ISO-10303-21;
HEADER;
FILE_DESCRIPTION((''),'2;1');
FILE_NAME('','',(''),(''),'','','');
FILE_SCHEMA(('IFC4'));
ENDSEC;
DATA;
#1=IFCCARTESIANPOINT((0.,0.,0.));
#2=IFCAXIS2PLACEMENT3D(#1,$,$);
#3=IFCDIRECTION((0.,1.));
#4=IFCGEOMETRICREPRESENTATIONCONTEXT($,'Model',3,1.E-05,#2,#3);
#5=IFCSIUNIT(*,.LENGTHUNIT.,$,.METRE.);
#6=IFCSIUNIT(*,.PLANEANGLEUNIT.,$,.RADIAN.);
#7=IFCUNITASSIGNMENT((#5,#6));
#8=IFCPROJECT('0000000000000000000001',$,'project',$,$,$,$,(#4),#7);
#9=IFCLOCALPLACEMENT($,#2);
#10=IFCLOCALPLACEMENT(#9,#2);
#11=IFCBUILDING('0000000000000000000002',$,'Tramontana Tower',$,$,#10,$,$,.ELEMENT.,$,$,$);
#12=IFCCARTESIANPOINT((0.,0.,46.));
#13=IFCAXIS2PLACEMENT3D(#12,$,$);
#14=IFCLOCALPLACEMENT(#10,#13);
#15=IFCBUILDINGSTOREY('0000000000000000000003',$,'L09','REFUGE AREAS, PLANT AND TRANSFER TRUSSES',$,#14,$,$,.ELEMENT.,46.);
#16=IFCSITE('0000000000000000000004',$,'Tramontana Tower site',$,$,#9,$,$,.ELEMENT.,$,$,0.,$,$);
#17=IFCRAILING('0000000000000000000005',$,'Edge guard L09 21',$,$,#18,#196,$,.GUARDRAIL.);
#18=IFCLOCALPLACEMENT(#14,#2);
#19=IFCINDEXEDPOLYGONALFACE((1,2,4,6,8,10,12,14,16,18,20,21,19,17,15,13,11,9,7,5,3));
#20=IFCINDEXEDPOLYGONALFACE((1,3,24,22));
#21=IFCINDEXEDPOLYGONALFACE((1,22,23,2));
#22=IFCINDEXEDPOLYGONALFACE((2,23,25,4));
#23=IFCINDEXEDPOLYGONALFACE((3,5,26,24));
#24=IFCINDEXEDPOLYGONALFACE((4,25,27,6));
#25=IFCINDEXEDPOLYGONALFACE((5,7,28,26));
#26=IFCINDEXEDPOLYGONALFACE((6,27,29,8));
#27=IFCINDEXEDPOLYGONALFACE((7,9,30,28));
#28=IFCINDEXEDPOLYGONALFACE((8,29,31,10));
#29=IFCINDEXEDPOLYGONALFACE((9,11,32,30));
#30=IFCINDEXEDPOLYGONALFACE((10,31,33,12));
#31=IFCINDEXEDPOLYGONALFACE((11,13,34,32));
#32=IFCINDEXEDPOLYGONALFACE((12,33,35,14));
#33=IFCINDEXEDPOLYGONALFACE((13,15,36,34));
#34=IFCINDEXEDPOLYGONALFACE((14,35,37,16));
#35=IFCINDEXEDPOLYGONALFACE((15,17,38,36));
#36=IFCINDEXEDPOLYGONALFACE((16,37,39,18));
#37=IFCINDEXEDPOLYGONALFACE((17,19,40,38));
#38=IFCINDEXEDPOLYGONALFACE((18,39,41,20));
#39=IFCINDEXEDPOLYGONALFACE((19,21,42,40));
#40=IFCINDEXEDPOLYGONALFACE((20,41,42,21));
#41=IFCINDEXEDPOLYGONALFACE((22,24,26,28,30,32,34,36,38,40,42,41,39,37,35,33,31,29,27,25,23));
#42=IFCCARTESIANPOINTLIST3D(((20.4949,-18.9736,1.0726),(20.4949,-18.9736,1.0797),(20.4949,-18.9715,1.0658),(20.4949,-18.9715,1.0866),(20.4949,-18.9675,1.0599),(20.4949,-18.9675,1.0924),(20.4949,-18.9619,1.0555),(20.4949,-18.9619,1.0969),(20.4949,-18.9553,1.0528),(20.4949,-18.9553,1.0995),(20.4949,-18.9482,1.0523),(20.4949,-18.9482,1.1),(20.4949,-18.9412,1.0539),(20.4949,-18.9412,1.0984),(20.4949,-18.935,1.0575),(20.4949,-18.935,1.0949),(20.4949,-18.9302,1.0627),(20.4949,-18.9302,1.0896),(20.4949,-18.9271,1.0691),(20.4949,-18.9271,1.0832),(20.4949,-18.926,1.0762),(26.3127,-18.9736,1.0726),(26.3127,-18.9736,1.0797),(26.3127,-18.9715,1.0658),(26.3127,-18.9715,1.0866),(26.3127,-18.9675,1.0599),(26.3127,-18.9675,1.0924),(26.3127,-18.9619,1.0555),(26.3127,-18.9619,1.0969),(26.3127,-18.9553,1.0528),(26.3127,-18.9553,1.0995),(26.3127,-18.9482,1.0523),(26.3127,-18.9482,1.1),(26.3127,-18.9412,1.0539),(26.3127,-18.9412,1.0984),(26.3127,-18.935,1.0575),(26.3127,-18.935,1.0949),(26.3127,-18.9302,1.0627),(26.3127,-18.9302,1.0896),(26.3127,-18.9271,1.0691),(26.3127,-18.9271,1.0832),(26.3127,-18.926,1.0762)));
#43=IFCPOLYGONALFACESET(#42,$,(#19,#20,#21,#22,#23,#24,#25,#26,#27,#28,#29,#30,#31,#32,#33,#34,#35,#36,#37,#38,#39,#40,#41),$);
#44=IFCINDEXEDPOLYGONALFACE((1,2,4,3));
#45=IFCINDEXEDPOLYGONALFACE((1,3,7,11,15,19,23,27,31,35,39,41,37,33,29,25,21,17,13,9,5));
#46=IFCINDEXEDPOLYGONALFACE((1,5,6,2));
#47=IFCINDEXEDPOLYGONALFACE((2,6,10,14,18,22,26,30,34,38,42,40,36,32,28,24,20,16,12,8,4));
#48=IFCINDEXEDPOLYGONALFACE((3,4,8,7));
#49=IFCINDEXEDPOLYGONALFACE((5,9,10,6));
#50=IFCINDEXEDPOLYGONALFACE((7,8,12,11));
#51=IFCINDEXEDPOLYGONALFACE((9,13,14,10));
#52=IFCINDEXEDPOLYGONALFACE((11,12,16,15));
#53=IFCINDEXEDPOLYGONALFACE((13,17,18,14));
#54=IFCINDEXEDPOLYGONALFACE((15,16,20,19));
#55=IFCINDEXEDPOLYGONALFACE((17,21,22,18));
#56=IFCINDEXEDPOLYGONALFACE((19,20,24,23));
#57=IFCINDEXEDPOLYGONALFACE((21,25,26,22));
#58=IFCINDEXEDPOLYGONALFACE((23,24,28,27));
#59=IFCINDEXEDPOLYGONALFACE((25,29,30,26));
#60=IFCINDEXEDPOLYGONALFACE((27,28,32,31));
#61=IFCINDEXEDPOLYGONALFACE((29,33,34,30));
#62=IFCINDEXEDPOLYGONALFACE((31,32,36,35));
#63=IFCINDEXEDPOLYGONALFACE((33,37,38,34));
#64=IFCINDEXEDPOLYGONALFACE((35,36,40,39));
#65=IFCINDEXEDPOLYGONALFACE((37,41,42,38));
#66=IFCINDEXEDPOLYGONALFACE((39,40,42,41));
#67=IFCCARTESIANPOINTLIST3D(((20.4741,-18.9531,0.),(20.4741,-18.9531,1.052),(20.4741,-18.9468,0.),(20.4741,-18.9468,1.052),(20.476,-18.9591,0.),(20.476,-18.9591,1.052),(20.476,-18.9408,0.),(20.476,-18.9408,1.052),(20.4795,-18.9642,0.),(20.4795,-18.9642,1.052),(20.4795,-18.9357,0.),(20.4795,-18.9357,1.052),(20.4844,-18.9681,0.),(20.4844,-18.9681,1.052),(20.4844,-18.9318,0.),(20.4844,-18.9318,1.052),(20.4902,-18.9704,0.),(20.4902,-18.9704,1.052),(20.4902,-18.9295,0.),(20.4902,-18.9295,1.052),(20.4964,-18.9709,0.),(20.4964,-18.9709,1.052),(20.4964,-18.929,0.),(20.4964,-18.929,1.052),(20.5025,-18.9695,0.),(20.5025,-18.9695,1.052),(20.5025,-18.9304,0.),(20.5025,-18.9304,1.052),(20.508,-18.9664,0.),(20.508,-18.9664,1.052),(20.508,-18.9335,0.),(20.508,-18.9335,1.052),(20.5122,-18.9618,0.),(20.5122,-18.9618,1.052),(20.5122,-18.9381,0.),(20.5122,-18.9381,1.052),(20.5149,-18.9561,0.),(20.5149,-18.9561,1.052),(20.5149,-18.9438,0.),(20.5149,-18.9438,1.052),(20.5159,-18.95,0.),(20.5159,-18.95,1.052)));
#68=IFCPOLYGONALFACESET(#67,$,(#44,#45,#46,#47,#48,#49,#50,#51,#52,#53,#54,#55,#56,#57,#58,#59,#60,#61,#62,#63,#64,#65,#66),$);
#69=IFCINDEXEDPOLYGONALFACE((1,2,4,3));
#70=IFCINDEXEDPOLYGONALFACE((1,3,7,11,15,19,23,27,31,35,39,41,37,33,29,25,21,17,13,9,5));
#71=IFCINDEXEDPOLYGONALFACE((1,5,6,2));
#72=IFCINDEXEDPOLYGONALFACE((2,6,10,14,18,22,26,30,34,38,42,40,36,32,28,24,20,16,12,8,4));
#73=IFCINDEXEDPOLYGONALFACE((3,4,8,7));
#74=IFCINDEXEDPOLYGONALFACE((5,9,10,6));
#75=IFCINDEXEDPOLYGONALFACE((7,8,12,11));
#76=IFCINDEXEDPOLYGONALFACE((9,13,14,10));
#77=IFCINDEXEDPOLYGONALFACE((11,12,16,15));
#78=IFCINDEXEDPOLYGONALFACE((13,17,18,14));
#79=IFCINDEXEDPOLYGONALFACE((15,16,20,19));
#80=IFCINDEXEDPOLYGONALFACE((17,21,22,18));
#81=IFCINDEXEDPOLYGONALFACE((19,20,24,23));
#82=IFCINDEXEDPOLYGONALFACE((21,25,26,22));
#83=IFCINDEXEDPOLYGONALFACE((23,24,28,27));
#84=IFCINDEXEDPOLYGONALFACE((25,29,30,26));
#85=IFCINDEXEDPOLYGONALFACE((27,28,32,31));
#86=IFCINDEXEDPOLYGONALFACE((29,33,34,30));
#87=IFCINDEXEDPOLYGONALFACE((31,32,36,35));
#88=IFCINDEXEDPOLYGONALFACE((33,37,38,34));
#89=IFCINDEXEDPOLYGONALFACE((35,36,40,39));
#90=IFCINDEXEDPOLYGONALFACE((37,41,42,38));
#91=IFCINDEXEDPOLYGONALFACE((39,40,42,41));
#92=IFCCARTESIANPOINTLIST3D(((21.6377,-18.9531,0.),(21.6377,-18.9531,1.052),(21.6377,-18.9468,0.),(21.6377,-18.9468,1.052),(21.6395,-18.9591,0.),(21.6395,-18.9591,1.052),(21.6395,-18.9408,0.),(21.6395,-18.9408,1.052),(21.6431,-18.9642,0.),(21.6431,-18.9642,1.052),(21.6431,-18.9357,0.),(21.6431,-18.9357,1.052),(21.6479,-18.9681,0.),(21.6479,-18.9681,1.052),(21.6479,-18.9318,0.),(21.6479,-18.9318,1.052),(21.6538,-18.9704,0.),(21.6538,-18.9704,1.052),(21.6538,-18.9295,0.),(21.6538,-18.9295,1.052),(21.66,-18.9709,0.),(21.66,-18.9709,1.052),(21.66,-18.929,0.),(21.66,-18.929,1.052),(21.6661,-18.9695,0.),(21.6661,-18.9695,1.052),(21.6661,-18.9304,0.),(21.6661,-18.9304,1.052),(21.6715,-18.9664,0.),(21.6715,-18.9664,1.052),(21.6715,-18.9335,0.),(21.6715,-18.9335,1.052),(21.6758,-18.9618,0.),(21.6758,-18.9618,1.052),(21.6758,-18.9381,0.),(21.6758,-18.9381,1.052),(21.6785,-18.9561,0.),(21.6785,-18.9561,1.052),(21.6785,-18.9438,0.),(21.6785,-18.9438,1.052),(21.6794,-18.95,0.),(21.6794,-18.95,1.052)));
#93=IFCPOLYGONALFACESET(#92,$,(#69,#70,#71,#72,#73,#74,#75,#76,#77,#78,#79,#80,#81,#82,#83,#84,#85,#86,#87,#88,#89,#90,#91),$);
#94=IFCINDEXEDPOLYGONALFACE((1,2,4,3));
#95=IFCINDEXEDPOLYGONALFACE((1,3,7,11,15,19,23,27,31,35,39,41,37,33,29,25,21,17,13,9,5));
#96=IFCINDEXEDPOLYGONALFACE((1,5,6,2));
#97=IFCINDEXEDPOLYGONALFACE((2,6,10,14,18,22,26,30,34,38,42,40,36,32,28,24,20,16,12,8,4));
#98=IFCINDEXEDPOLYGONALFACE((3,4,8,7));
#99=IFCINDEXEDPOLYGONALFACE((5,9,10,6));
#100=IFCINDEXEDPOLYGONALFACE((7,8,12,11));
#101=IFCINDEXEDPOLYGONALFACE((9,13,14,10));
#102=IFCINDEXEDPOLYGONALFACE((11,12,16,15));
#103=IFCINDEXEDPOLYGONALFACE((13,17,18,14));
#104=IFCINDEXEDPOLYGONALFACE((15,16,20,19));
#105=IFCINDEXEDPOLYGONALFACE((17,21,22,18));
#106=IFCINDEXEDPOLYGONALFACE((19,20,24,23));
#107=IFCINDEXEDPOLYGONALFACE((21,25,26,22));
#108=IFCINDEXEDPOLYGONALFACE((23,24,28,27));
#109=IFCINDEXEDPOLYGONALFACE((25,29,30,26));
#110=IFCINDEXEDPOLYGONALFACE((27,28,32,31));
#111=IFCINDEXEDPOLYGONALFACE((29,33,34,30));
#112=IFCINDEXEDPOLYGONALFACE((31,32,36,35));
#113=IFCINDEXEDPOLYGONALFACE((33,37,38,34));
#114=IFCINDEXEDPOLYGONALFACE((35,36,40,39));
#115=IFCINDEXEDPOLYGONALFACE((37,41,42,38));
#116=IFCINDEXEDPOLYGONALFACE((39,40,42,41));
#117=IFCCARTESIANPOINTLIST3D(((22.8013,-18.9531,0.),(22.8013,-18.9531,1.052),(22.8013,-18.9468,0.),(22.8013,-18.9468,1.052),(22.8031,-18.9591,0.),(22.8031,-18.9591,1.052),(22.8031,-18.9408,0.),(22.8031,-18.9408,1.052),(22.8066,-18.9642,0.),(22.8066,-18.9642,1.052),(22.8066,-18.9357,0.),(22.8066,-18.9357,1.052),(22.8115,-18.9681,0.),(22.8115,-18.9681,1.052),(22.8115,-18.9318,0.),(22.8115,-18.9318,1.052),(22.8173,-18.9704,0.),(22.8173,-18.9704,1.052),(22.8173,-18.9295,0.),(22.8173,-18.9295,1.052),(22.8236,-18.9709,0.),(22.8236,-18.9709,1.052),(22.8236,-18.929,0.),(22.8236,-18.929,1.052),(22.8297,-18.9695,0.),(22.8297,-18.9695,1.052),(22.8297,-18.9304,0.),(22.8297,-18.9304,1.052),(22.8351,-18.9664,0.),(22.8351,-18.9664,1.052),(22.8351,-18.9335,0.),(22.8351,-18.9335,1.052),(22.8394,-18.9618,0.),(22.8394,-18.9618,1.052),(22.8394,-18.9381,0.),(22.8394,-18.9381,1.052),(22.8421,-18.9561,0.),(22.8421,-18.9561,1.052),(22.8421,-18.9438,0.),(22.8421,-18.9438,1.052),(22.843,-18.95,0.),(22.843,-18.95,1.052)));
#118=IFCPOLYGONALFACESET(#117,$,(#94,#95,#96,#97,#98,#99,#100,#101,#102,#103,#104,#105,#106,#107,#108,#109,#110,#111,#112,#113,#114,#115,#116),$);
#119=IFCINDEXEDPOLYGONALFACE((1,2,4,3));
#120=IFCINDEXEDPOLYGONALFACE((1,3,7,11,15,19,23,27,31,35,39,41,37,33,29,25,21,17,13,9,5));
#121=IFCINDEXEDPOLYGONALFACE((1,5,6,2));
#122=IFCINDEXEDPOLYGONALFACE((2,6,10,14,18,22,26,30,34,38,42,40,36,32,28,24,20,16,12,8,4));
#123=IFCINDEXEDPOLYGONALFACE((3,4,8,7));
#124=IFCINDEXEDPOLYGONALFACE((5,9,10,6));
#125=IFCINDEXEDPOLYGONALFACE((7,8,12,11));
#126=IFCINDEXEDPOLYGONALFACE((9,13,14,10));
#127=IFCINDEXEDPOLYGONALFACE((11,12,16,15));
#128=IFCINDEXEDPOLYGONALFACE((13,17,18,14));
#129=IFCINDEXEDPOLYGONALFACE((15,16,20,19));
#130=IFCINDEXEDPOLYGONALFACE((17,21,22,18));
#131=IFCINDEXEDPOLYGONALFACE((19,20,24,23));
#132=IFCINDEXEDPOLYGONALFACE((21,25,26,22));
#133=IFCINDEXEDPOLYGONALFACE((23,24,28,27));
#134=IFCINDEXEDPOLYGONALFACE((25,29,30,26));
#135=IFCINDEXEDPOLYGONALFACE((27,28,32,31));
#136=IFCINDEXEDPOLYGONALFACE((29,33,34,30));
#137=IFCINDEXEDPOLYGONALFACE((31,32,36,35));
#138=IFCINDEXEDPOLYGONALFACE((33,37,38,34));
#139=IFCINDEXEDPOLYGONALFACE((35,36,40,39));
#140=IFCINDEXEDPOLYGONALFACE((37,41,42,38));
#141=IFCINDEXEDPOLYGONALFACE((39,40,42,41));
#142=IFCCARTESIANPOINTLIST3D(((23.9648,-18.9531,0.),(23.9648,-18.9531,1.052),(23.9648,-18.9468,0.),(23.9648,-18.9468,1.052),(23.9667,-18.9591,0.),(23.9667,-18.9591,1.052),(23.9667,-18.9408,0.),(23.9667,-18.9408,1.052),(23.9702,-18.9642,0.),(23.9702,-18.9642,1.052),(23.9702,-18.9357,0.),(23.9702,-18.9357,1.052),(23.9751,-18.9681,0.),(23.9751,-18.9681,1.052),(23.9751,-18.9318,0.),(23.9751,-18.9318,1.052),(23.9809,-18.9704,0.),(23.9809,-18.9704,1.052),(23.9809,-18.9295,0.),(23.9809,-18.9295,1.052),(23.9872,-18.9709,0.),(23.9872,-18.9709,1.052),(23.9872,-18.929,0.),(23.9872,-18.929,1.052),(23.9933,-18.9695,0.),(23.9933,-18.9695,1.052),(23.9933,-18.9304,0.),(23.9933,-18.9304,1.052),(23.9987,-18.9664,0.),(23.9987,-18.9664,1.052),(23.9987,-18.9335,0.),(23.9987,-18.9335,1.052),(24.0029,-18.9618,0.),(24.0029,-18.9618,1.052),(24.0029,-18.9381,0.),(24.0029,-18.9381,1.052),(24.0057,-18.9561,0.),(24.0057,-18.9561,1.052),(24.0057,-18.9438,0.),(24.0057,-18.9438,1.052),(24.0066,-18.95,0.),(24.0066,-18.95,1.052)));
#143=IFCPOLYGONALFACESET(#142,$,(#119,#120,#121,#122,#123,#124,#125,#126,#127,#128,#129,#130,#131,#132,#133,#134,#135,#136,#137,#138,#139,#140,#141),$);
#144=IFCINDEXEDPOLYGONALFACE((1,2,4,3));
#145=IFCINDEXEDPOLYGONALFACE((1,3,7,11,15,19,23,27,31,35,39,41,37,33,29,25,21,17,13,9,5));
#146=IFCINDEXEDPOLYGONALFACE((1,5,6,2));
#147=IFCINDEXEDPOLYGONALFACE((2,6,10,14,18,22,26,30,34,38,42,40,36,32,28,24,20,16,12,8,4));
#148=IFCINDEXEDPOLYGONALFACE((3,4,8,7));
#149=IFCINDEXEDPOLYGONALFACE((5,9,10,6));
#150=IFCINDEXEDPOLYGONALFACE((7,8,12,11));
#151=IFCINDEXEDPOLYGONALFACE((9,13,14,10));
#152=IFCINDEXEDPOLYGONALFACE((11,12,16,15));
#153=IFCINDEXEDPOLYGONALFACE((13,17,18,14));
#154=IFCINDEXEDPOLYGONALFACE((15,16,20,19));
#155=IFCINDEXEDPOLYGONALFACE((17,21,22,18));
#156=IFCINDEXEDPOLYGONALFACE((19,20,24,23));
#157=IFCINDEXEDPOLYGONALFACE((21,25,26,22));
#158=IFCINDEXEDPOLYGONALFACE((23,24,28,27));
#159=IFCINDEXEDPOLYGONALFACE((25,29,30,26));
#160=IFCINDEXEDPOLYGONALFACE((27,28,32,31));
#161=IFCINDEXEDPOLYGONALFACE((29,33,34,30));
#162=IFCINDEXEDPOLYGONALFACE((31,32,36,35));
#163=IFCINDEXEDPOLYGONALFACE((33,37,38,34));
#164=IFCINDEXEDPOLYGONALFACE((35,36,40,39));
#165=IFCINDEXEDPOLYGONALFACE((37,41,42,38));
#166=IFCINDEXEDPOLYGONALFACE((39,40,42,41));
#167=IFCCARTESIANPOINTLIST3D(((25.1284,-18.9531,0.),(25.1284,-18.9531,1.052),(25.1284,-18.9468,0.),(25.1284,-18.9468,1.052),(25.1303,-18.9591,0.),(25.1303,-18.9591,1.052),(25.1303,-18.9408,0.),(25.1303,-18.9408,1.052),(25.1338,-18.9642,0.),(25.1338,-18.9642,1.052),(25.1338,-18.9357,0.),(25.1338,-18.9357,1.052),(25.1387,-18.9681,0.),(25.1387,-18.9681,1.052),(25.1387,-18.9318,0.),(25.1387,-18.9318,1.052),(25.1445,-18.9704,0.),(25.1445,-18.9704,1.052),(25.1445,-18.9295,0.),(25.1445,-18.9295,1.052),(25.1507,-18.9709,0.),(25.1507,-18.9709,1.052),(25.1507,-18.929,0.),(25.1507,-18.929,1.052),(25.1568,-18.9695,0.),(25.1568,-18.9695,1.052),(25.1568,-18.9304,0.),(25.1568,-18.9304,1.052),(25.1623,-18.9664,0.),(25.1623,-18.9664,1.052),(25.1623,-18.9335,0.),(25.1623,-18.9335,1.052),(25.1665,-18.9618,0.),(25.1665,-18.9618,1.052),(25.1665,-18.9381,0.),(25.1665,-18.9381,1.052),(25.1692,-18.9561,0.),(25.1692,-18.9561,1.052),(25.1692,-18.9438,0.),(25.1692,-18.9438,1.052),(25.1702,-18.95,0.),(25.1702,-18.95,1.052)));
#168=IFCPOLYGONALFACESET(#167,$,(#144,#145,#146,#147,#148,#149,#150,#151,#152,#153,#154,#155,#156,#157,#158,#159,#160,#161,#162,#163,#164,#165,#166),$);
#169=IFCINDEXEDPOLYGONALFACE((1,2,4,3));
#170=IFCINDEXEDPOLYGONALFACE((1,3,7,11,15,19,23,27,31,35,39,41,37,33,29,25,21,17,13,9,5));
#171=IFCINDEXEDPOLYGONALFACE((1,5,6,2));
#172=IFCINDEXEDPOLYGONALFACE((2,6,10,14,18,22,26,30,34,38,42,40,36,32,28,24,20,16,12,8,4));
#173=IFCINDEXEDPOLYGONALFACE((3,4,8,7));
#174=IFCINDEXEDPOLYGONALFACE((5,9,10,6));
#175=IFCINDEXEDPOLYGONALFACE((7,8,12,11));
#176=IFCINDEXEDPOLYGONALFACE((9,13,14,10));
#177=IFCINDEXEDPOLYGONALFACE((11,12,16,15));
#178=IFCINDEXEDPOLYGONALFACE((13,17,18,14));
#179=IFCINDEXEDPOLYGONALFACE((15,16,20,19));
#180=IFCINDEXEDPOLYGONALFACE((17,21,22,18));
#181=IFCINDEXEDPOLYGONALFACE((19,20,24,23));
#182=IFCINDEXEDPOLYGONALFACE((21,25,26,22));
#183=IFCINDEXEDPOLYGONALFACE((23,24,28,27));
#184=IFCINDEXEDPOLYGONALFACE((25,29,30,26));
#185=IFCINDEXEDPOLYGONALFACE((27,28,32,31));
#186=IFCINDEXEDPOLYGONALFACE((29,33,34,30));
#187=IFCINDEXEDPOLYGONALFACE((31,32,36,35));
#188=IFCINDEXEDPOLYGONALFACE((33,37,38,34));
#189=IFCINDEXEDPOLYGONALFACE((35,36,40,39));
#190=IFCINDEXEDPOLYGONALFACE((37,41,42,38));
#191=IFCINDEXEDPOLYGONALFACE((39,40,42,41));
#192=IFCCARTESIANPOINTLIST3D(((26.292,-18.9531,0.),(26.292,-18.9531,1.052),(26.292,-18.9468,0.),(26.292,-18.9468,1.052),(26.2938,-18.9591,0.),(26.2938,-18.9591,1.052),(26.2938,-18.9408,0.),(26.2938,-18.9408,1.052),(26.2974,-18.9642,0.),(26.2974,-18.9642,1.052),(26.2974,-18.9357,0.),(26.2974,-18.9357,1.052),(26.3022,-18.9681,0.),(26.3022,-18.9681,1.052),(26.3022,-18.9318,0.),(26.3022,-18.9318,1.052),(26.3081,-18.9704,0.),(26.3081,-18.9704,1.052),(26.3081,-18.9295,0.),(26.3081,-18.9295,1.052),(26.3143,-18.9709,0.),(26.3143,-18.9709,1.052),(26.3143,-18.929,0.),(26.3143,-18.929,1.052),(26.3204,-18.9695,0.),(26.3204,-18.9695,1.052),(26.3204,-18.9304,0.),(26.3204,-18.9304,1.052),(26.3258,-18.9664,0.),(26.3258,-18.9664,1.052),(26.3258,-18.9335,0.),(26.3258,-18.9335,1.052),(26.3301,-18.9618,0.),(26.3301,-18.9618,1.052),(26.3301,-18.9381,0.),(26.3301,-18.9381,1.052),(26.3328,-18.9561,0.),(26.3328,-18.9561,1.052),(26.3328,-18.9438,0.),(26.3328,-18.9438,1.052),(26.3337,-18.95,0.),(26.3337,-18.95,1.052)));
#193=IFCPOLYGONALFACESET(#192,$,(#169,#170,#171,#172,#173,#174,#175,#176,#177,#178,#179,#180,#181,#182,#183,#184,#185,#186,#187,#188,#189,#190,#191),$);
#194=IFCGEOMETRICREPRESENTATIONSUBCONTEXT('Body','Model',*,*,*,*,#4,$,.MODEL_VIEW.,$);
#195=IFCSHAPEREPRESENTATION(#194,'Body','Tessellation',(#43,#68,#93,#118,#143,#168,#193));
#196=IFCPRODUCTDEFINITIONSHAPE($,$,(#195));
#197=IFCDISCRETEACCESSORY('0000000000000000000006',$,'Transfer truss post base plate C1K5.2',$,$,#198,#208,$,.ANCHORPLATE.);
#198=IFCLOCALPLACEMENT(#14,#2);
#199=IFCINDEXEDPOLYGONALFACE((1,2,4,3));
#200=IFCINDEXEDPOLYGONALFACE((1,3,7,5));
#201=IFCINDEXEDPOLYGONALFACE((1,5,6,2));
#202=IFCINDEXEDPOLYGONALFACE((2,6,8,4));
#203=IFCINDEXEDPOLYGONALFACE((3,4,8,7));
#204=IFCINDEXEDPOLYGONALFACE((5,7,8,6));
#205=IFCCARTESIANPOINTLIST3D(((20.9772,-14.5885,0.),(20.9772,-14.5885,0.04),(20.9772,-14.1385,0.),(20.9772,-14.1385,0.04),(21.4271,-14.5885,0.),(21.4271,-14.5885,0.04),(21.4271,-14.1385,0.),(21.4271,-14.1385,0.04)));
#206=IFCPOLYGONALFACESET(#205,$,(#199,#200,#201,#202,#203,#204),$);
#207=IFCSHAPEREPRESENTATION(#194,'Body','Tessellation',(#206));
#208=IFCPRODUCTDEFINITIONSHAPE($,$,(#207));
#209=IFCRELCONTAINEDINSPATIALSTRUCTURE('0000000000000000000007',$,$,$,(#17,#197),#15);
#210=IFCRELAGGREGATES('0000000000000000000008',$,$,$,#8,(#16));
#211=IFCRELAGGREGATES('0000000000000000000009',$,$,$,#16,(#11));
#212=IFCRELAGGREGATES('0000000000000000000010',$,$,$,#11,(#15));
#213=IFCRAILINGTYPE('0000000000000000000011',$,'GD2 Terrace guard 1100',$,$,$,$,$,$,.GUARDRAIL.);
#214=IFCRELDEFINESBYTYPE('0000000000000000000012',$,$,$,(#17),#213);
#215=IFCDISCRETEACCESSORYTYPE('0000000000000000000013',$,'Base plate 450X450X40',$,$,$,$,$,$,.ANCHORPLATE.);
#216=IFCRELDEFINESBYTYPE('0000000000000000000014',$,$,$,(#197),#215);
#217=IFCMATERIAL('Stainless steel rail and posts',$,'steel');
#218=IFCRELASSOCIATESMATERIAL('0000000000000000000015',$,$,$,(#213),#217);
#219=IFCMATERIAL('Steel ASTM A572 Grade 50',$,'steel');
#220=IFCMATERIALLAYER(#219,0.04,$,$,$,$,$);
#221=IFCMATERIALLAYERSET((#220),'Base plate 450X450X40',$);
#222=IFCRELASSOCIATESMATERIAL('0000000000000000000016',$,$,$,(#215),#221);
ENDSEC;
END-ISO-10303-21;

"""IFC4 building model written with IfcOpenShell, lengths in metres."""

from ifc_helpers import new_model, si_unit, direction, frame, origin, origin_2d, place, context, subcontext, project, spatial, rectangle, circle, extrude, material, layer, layer_set, type_object, element, save


model = new_model("IFC4")

# Units and contexts
model_context = context("Model", 3, precision=1e-05, world=origin(), true_north=direction((0.0, 1.0)))
body_context = subcontext(model_context, "Body", "Model", "MODEL_VIEW")
ifc_project = project(units=[si_unit("LENGTHUNIT", "METRE"), si_unit("PLANEANGLEUNIT", "RADIAN")], contexts=[model_context])

# Site, building, storey
site_placement = place(None, origin())
site = spatial("IfcSite", under=ifc_project, at=site_placement, Name="Tramontana Tower site", CompositionType="ELEMENT", RefElevation=0.0)
building_placement = place(site_placement, origin())
building = spatial("IfcBuilding", under=site, at=building_placement, Name="Tramontana Tower", CompositionType="ELEMENT")
storey_placement = place(building_placement, frame((0.0, 0.0, 46.0)))
storey = spatial("IfcBuildingStorey", under=building, at=storey_placement, Name="L09", Description="REFUGE AREAS, PLANT AND TRANSFER TRUSSES", CompositionType="ELEMENT", Elevation=46.0)

# Railing
ifc_material_1 = material(Name="Stainless steel rail and posts", Category="steel")
railing_type = type_object("IfcRailingType", Name="GD2 Terrace guard 1100", PredefinedType="GUARDRAIL", material=ifc_material_1)
railing_placement = place(storey_placement, frame((20.4949, -18.95, 0.0)))
element("IfcRailing", 1, at=railing_placement, inside=storey, type_object=railing_type, Name="Edge guard L09 21", PredefinedType="GUARDRAIL", context=body_context, shape_type="SweptSolid", body=[
    extrude(circle(Radius=0.0239, at=origin_2d()), frame((0.0, 0.0, 1.0762), z_axis=(1.0, 0.0, 0.0), x_axis=(0.0, 1.0, 0.0)), (0.0, 0.0, 1.0), 5.8179),
    extrude(circle(Radius=0.021, at=origin_2d()), origin(), (0.0, 0.0, 1.0), 1.052),
    extrude(circle(Radius=0.021, at=origin_2d()), frame((1.1636, 0.0, 0.0)), (0.0, 0.0, 1.0), 1.052),
    extrude(circle(Radius=0.021, at=origin_2d()), frame((2.3271, 0.0, 0.0)), (0.0, 0.0, 1.0), 1.052),
    extrude(circle(Radius=0.021, at=origin_2d()), frame((3.4907, 0.0, 0.0)), (0.0, 0.0, 1.0), 1.052),
    extrude(circle(Radius=0.021, at=origin_2d()), frame((4.6543, 0.0, 0.0)), (0.0, 0.0, 1.0), 1.052),
    extrude(circle(Radius=0.021, at=origin_2d()), frame((5.8179, 0.0, 0.0)), (0.0, 0.0, 1.0), 1.052),
])

# Discrete accessory
ifc_material_2 = material(Name="Steel ASTM A572 Grade 50", Category="steel")
ifc_layer_1 = layer(ifc_material_2, 0.04)
ifc_layer_set_1 = layer_set([ifc_layer_1], Name="Base plate 450X450X40")
discrete_accessory_type_1 = type_object("IfcDiscreteAccessoryType", Name="Base plate 450X450X40", PredefinedType="ANCHORPLATE", material=ifc_layer_set_1)
discrete_accessory_1_placement = place(storey_placement, frame((21.2021, -14.3635, 0.0), z_axis=(0.0, 0.0, 1.0), x_axis=(1.0, 0.0, 0.0)))
element("IfcDiscreteAccessory", 2, at=discrete_accessory_1_placement, inside=storey, type_object=discrete_accessory_type_1, Name="Transfer truss post base plate C1K5.2", PredefinedType="ANCHORPLATE", context=body_context, shape_type="SweptSolid", body=[
    extrude(rectangle(XDim=0.45, YDim=0.45, at=origin_2d()), origin(), (0.0, 0.0, 1.0), 0.04),
])

save(model, "model.ifc")
